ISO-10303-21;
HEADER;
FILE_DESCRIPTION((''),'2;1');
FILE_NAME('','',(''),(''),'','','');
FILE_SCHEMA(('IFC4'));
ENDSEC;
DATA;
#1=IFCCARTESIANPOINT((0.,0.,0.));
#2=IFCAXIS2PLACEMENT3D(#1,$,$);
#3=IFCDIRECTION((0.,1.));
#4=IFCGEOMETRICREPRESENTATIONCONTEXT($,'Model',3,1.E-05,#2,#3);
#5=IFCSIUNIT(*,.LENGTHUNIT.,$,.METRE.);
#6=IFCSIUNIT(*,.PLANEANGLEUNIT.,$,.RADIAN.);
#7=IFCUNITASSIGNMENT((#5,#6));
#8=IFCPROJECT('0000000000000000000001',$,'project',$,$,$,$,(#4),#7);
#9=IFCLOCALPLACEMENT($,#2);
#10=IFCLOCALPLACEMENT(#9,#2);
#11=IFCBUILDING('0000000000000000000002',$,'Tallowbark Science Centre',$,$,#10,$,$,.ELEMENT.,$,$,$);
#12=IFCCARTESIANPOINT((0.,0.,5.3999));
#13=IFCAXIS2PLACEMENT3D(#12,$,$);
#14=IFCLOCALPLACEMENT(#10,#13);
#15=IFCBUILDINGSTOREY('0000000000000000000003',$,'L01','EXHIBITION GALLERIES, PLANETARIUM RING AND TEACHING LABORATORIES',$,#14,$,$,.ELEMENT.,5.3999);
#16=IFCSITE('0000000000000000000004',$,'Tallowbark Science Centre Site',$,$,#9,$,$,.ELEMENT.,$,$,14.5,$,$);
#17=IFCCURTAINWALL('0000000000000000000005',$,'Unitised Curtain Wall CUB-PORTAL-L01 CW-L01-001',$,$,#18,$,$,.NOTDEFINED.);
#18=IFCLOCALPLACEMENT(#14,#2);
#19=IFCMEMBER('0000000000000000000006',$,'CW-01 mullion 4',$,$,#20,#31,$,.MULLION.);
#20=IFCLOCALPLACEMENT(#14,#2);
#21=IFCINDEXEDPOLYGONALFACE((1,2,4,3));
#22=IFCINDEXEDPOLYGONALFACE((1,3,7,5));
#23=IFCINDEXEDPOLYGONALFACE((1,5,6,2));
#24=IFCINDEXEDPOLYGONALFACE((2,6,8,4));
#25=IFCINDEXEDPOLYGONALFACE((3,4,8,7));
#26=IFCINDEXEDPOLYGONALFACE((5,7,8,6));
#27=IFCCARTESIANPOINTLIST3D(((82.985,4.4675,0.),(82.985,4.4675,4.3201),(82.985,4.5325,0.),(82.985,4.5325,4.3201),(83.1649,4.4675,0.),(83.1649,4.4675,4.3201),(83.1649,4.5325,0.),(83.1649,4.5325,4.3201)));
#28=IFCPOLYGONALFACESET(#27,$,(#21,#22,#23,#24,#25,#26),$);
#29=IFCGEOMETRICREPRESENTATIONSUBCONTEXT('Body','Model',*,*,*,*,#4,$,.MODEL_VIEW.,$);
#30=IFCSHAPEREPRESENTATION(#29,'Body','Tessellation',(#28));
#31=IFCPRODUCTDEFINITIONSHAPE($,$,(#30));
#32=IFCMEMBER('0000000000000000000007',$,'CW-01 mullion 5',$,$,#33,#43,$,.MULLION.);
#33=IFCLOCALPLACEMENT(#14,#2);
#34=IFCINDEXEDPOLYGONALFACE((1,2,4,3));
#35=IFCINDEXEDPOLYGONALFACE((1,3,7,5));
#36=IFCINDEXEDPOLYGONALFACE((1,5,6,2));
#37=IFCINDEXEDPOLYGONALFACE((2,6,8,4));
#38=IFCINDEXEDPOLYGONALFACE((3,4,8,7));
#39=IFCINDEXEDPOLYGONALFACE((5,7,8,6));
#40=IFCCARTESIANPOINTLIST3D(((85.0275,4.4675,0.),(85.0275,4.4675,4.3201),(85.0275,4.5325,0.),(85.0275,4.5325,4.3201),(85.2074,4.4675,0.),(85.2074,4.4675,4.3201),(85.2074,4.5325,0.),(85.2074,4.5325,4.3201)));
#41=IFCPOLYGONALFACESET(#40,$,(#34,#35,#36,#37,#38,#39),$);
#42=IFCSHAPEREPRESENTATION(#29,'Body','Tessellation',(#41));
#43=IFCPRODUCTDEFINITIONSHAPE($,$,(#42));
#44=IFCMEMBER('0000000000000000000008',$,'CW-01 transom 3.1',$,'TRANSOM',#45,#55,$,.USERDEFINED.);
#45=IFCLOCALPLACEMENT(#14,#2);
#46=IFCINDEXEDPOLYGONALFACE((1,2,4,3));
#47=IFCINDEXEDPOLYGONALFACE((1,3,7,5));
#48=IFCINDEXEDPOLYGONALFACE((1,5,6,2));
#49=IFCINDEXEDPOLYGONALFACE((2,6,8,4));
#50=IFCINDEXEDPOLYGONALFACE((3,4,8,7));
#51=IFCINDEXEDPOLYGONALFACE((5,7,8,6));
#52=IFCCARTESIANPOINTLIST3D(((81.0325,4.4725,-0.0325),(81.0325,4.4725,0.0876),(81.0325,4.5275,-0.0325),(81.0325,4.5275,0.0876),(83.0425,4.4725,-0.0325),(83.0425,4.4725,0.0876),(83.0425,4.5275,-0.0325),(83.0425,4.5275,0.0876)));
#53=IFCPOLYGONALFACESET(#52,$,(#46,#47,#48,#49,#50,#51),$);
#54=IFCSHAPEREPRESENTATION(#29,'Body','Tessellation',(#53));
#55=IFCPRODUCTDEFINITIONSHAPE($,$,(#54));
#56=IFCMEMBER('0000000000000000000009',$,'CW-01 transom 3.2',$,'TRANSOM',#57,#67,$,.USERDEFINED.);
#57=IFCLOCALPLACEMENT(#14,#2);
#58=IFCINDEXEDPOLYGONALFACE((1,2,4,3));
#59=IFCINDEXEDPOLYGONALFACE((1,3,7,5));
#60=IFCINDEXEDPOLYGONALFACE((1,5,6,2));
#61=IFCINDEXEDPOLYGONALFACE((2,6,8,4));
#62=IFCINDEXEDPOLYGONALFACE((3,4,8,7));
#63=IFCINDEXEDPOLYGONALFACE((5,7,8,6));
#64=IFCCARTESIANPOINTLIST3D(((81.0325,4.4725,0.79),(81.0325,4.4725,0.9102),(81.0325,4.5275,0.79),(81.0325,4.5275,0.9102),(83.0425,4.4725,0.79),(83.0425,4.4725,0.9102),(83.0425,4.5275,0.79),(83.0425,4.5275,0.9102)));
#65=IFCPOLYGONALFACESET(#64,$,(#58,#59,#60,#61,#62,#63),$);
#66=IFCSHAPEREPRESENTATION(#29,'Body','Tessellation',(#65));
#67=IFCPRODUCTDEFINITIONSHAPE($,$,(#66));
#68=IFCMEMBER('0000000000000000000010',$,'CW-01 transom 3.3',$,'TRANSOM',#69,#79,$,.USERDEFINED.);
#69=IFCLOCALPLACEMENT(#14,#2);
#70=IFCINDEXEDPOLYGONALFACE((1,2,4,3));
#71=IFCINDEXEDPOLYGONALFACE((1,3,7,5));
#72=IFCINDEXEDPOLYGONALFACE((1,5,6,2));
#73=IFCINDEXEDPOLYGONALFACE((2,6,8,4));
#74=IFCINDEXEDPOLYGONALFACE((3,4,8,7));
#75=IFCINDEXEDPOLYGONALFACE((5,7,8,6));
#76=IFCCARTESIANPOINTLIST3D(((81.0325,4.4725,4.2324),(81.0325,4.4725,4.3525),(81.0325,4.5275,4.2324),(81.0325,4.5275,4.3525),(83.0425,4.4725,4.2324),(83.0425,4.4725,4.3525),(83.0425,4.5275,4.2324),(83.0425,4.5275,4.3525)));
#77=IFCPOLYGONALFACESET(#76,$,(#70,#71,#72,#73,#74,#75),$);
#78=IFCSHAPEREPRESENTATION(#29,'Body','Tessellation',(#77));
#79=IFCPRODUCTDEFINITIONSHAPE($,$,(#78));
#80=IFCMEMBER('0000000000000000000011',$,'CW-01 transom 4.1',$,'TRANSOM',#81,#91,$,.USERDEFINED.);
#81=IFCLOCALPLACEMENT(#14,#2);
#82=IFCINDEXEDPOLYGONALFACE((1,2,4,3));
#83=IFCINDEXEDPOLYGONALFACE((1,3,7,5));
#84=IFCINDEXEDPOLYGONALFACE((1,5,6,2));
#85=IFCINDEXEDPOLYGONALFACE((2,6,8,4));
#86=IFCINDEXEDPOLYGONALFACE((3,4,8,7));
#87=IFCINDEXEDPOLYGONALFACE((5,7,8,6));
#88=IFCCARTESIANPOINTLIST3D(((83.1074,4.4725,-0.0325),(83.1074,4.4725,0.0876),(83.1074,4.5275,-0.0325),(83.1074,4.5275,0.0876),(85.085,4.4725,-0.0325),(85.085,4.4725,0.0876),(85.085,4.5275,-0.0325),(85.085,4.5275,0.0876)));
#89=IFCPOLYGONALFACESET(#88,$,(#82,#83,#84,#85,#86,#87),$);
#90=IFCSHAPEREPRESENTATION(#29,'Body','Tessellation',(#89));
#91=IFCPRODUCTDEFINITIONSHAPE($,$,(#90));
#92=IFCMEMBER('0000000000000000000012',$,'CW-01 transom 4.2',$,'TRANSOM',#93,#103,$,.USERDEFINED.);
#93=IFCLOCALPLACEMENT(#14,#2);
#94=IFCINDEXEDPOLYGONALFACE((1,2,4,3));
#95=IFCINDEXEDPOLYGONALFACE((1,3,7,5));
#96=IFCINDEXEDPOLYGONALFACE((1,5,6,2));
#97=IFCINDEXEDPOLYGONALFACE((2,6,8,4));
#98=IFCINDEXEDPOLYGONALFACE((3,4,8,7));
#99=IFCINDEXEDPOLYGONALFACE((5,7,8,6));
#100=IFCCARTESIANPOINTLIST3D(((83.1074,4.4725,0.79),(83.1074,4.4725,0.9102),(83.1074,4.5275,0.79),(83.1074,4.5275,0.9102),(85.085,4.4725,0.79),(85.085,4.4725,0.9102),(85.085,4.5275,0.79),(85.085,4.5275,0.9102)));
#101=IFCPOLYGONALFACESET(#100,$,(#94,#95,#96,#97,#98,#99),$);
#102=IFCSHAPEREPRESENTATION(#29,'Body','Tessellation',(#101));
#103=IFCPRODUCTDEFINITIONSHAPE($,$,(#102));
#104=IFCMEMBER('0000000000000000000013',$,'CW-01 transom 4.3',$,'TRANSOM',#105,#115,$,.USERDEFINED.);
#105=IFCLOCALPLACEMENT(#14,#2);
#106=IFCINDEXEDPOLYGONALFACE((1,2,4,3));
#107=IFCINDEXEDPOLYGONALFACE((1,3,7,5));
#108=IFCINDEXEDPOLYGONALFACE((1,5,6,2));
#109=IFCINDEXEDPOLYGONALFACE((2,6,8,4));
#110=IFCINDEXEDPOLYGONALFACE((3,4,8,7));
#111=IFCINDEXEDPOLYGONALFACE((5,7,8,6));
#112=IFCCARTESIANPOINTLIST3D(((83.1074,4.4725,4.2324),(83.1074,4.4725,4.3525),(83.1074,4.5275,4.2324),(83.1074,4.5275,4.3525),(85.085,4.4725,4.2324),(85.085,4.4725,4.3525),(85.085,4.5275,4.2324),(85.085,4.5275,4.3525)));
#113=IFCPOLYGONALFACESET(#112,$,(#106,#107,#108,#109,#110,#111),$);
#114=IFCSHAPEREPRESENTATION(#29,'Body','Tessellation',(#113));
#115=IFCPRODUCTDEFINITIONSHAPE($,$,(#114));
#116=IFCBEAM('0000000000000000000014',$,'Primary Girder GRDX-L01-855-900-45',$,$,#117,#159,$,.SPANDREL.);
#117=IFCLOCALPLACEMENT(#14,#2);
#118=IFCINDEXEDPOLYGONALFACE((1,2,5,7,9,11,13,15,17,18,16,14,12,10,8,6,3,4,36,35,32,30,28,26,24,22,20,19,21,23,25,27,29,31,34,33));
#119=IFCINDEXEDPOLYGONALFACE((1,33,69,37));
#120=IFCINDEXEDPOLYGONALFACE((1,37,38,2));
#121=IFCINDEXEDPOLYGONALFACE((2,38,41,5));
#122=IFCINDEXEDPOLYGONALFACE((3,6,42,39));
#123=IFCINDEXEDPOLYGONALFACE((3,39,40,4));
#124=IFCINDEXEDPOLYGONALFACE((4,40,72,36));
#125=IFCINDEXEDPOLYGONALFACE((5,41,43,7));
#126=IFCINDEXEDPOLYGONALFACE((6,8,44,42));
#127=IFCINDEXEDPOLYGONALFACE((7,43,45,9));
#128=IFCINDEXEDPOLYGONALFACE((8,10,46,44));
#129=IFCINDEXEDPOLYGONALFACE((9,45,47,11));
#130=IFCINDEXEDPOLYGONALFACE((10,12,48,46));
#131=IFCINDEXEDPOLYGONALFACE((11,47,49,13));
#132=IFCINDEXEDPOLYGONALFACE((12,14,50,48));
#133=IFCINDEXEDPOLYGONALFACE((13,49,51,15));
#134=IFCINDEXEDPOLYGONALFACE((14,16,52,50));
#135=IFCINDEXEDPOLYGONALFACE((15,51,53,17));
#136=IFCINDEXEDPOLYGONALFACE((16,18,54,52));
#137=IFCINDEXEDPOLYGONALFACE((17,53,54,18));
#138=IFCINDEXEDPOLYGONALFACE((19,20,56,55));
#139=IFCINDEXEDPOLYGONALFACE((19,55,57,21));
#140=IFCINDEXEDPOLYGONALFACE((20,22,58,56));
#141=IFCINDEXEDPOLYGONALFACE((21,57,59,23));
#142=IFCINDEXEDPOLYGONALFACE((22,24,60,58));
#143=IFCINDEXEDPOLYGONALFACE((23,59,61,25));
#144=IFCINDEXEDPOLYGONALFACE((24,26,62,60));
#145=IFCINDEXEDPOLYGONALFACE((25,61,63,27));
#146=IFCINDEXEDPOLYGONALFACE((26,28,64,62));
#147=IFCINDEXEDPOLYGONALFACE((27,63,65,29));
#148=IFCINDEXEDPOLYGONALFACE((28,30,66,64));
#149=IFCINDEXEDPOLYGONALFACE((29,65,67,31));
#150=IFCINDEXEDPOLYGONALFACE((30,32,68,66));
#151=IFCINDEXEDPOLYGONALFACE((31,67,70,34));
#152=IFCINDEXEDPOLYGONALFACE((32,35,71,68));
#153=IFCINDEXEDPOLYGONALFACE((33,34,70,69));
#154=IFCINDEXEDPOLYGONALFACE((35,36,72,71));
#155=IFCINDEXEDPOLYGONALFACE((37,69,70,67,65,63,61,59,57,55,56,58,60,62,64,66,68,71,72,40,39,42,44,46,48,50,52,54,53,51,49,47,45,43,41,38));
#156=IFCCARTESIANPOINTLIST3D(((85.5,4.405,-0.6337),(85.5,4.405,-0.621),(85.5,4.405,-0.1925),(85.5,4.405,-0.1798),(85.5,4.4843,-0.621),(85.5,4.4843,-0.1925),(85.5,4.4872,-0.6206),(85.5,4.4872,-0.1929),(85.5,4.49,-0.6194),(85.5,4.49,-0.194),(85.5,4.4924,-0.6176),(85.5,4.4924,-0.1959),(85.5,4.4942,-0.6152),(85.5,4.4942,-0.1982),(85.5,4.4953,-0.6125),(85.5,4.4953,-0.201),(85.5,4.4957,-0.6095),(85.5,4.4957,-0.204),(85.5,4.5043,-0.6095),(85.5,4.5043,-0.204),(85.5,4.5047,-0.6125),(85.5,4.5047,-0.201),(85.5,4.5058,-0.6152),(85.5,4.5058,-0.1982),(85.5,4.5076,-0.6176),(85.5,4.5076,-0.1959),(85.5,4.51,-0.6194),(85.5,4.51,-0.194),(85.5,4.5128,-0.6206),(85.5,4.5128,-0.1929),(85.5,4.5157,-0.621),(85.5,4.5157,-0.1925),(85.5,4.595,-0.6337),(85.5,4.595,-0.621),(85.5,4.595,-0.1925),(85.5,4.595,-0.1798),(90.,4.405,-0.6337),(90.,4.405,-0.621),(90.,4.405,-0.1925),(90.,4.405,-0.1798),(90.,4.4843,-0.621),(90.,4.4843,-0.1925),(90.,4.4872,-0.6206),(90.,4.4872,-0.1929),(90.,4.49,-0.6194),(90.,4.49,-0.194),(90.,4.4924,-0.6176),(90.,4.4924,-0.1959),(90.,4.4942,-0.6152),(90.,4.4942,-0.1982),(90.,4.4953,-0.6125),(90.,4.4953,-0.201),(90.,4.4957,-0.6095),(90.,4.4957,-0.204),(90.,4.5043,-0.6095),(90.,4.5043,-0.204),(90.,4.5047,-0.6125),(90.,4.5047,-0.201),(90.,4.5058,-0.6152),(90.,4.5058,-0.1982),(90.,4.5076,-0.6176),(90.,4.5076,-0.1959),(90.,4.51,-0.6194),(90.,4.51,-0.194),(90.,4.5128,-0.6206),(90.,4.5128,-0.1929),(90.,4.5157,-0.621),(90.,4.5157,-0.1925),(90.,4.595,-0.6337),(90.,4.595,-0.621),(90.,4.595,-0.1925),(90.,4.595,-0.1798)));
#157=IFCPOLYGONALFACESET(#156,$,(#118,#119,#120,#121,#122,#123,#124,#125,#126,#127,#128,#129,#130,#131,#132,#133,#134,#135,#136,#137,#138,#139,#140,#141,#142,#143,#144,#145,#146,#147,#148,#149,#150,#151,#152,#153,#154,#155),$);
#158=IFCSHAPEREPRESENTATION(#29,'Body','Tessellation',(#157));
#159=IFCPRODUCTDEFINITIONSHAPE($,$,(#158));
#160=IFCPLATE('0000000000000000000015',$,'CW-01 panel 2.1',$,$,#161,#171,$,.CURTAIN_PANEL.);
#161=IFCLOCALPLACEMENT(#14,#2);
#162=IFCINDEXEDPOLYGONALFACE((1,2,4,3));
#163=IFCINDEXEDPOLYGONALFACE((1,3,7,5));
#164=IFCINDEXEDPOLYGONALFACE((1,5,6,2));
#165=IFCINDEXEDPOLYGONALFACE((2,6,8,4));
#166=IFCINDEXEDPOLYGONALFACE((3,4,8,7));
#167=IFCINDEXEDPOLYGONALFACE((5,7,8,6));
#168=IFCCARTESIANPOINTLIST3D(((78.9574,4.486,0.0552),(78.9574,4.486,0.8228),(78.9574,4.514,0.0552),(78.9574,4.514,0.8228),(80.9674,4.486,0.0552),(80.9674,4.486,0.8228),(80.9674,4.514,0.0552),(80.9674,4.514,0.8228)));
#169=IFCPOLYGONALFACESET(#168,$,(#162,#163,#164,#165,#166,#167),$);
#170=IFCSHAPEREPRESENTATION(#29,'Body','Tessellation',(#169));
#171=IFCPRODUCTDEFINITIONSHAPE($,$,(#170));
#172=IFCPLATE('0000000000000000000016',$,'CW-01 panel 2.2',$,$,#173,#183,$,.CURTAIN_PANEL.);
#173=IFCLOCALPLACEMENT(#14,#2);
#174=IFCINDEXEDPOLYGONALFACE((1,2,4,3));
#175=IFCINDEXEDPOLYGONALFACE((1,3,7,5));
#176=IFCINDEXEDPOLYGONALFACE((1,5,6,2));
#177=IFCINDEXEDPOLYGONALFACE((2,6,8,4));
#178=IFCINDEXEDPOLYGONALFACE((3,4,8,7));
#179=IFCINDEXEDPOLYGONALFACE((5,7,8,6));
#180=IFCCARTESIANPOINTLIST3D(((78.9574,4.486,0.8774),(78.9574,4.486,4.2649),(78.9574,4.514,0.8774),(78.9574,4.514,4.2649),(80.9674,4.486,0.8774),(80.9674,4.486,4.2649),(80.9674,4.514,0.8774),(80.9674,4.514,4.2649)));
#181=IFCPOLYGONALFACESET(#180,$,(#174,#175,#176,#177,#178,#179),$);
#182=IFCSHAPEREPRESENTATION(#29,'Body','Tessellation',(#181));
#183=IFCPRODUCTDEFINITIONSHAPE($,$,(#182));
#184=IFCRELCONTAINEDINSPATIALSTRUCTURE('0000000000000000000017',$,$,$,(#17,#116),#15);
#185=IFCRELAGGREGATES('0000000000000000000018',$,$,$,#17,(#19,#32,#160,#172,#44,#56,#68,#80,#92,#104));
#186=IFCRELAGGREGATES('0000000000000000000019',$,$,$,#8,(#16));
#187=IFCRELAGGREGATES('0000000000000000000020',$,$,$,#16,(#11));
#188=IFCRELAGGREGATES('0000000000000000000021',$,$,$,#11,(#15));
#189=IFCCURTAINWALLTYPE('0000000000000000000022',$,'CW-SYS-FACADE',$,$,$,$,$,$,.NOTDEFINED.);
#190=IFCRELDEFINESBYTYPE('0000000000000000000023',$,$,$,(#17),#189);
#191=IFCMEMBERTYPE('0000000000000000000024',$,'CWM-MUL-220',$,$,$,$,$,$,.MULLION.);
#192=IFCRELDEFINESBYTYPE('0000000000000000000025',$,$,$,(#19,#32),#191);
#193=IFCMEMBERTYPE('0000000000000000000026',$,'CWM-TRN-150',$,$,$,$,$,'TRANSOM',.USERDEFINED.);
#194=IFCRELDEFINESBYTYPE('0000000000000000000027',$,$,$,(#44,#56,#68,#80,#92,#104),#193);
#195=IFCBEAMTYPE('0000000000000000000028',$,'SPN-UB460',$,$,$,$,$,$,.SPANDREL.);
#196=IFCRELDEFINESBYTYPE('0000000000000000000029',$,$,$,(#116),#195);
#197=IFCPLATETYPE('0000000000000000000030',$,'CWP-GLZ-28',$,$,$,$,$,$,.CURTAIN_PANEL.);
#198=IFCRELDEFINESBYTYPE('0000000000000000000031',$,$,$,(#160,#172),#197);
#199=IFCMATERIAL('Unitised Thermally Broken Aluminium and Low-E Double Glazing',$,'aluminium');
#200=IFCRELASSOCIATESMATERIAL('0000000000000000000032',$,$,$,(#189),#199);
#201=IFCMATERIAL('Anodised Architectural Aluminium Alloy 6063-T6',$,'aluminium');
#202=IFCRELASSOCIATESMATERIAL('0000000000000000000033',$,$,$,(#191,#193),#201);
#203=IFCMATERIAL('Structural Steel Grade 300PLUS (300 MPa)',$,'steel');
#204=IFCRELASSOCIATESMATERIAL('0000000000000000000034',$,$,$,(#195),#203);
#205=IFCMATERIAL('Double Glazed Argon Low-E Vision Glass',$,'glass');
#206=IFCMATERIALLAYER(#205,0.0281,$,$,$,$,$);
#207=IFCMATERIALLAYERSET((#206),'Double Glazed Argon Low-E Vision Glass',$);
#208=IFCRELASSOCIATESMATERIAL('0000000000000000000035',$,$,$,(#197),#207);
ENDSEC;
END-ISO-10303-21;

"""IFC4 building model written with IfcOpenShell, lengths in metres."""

from ifc_helpers import new_model, si_unit, direction, frame, origin, origin_2d, place, context, subcontext, project, spatial, rectangle, i_section, extrude, material, layer, layer_set, material_profile, profile_set, type_object, element, aggregate, save


model = new_model("IFC4")

# Units and contexts
model_context = context("Model", 3, precision=1e-05, world=origin(), true_north=direction((0.0, 1.0)))
body_context = subcontext(model_context, "Body", "Model", "MODEL_VIEW")
ifc_project = project(units=[si_unit("LENGTHUNIT", "METRE"), si_unit("PLANEANGLEUNIT", "RADIAN")], contexts=[model_context])

# Site, building, storey
site_placement = place(None, origin())
site = spatial("IfcSite", under=ifc_project, at=site_placement, Name="Tallowbark Science Centre Site", CompositionType="ELEMENT", RefElevation=14.5)
building_placement = place(site_placement, origin())
building = spatial("IfcBuilding", under=site, at=building_placement, Name="Tallowbark Science Centre", CompositionType="ELEMENT")
storey_placement = place(building_placement, frame((0.0, 0.0, 5.3999)))
storey = spatial("IfcBuildingStorey", under=building, at=storey_placement, Name="L01", Description="EXHIBITION GALLERIES, PLANETARIUM RING AND TEACHING LABORATORIES", CompositionType="ELEMENT", Elevation=5.3999)

# Shared definitions
ifc_material_1 = material(Name="Structural Steel Grade 300PLUS (300 MPa)", Category="steel")

# Curtain wall, members
ifc_material_2 = material(Name="Unitised Thermally Broken Aluminium and Low-E Double Glazing", Category="aluminium")
curtain_wall_type = type_object("IfcCurtainWallType", Name="CW-SYS-FACADE", PredefinedType="NOTDEFINED", material=ifc_material_2)
curtain_wall_placement = place(storey_placement, origin())
curtain_wall = element("IfcCurtainWall", 1, at=curtain_wall_placement, inside=storey, type_object=curtain_wall_type, Name="Unitised Curtain Wall CUB-PORTAL-L01 CW-L01-001", PredefinedType="NOTDEFINED")
ifc_material_3 = material(Name="Anodised Architectural Aluminium Alloy 6063-T6", Category="aluminium")
ifc_material_profile_1 = material_profile(ifc_material_3, rectangle(XDim=0.0649, YDim=0.1799, at=origin_2d()), Name="ALU65x180")
ifc_profile_set_1 = profile_set([ifc_material_profile_1], Name="Anodised Architectural Aluminium Alloy 6063-T6")
member_type_1 = type_object("IfcMemberType", Name="CWM-MUL-220", PredefinedType="MULLION", material=ifc_profile_set_1)
member_1_placement = place(storey_placement, frame((83.075, 4.5, 0.0), z_axis=(0.0, 0.0, 1.0), x_axis=(0.0, 1.0, 0.0)))
member_1 = element("IfcMember", 2, at=member_1_placement, type_object=member_type_1, Name="CW-01 mullion 4", PredefinedType="MULLION", context=body_context, shape_type="SweptSolid", body=[
    extrude(rectangle(XDim=0.0649, YDim=0.1799, at=origin_2d()), origin(), (0.0, 0.0, 1.0), 4.3201),
])
member_2_placement = place(storey_placement, frame((85.1174, 4.5, 0.0), z_axis=(0.0, 0.0, 1.0), x_axis=(0.0, 1.0, 0.0)))
member_2 = element("IfcMember", 3, at=member_2_placement, type_object=member_type_1, Name="CW-01 mullion 5", PredefinedType="MULLION", context=body_context, shape_type="SweptSolid", body=[
    extrude(rectangle(XDim=0.0649, YDim=0.1799, at=origin_2d()), origin(), (0.0, 0.0, 1.0), 4.3201),
])
ifc_material_profile_2 = material_profile(ifc_material_3, rectangle(XDim=0.0549, YDim=0.1201, at=origin_2d()), Name="ALU55x120")
ifc_profile_set_2 = profile_set([ifc_material_profile_2], Name="Anodised Architectural Aluminium Alloy 6063-T6")
member_type_2 = type_object("IfcMemberType", Name="CWM-TRN-150", ElementType="TRANSOM", PredefinedType="USERDEFINED", material=ifc_profile_set_2)
member_3_placement = place(storey_placement, frame((81.0325, 4.5, 0.0276), z_axis=(1.0, 0.0, 0.0), x_axis=(0.0, 1.0, 0.0)))
member_3 = element("IfcMember", 4, at=member_3_placement, type_object=member_type_2, Name="CW-01 transom 3.1", ObjectType="TRANSOM", PredefinedType="USERDEFINED", context=body_context, shape_type="SweptSolid", body=[
    extrude(rectangle(XDim=0.0549, YDim=0.1201, at=origin_2d()), origin(), (0.0, 0.0, 1.0), 2.01),
])
member_4_placement = place(storey_placement, frame((81.0325, 4.5, 0.8501), z_axis=(1.0, 0.0, 0.0), x_axis=(0.0, 1.0, 0.0)))
member_4 = element("IfcMember", 5, at=member_4_placement, type_object=member_type_2, Name="CW-01 transom 3.2", ObjectType="TRANSOM", PredefinedType="USERDEFINED", context=body_context, shape_type="SweptSolid", body=[
    extrude(rectangle(XDim=0.0549, YDim=0.1201, at=origin_2d()), origin(), (0.0, 0.0, 1.0), 2.01),
])
member_5_placement = place(storey_placement, frame((81.0325, 4.5, 4.2925), z_axis=(1.0, 0.0, 0.0), x_axis=(0.0, 1.0, 0.0)))
member_5 = element("IfcMember", 6, at=member_5_placement, type_object=member_type_2, Name="CW-01 transom 3.3", ObjectType="TRANSOM", PredefinedType="USERDEFINED", context=body_context, shape_type="SweptSolid", body=[
    extrude(rectangle(XDim=0.0549, YDim=0.1201, at=origin_2d()), origin(), (0.0, 0.0, 1.0), 2.01),
])
member_6_placement = place(storey_placement, frame((83.1074, 4.5, 0.0276), z_axis=(1.0, 0.0, 0.0), x_axis=(0.0, 1.0, 0.0)))
member_6 = element("IfcMember", 7, at=member_6_placement, type_object=member_type_2, Name="CW-01 transom 4.1", ObjectType="TRANSOM", PredefinedType="USERDEFINED", context=body_context, shape_type="SweptSolid", body=[
    extrude(rectangle(XDim=0.0549, YDim=0.1201, at=origin_2d()), origin(), (0.0, 0.0, 1.0), 1.9775),
])
member_7_placement = place(storey_placement, frame((83.1074, 4.5, 0.8501), z_axis=(1.0, 0.0, 0.0), x_axis=(0.0, 1.0, 0.0)))
member_7 = element("IfcMember", 8, at=member_7_placement, type_object=member_type_2, Name="CW-01 transom 4.2", ObjectType="TRANSOM", PredefinedType="USERDEFINED", context=body_context, shape_type="SweptSolid", body=[
    extrude(rectangle(XDim=0.0549, YDim=0.1201, at=origin_2d()), origin(), (0.0, 0.0, 1.0), 1.9775),
])
member_8_placement = place(storey_placement, frame((83.1074, 4.5, 4.2925), z_axis=(1.0, 0.0, 0.0), x_axis=(0.0, 1.0, 0.0)))
member_8 = element("IfcMember", 9, at=member_8_placement, type_object=member_type_2, Name="CW-01 transom 4.3", ObjectType="TRANSOM", PredefinedType="USERDEFINED", context=body_context, shape_type="SweptSolid", body=[
    extrude(rectangle(XDim=0.0549, YDim=0.1201, at=origin_2d()), origin(), (0.0, 0.0, 1.0), 1.9775),
])

# Beam
ifc_material_profile_3 = material_profile(ifc_material_1, i_section(OverallWidth=0.1899, OverallDepth=0.4539, WebThickness=0.0085, FlangeThickness=0.0127, FilletRadius=0.0115, at=origin_2d()), Name="460UB67.1")
ifc_profile_set_3 = profile_set([ifc_material_profile_3], Name="Structural Steel Grade 300PLUS (300 MPa)")
beam_type_1 = type_object("IfcBeamType", Name="SPN-UB460", PredefinedType="SPANDREL", material=ifc_profile_set_3)
beam_1_placement = place(storey_placement, frame((85.5, 4.5, -0.4067), z_axis=(1.0, 0.0, 0.0), x_axis=(0.0, 1.0, 0.0)))
element("IfcBeam", 10, at=beam_1_placement, inside=storey, type_object=beam_type_1, Name="Primary Girder GRDX-L01-855-900-45", PredefinedType="SPANDREL", context=body_context, shape_type="SweptSolid", body=[
    extrude(i_section(OverallWidth=0.1899, OverallDepth=0.4539, WebThickness=0.0085, FlangeThickness=0.0127, FilletRadius=0.0115, at=origin_2d()), origin(), (0.0, 0.0, 1.0), 4.5),
])

# Plates
ifc_material_4 = material(Name="Double Glazed Argon Low-E Vision Glass", Category="glass")
ifc_layer_1 = layer(ifc_material_4, 0.0281)
ifc_layer_set_1 = layer_set([ifc_layer_1], Name="Double Glazed Argon Low-E Vision Glass")
plate_type = type_object("IfcPlateType", Name="CWP-GLZ-28", PredefinedType="CURTAIN_PANEL", material=ifc_layer_set_1)
plate_1_placement = place(storey_placement, frame((79.9624, 4.5, 0.0552), z_axis=(0.0, 0.0, 1.0), x_axis=(1.0, 0.0, 0.0)))
plate_1 = element("IfcPlate", 11, at=plate_1_placement, type_object=plate_type, Name="CW-01 panel 2.1", PredefinedType="CURTAIN_PANEL", context=body_context, shape_type="SweptSolid", body=[
    extrude(rectangle(XDim=2.01, YDim=0.0281, at=origin_2d()), origin(), (0.0, 0.0, 1.0), 0.7676),
])
plate_2_placement = place(storey_placement, frame((79.9624, 4.5, 0.8774), z_axis=(0.0, 0.0, 1.0), x_axis=(1.0, 0.0, 0.0)))
plate_2 = element("IfcPlate", 12, at=plate_2_placement, type_object=plate_type, Name="CW-01 panel 2.2", PredefinedType="CURTAIN_PANEL", context=body_context, shape_type="SweptSolid", body=[
    extrude(rectangle(XDim=2.01, YDim=0.0281, at=origin_2d()), origin(), (0.0, 0.0, 1.0), 3.3875),
])
aggregate(curtain_wall, [member_1, member_2, plate_1, plate_2, member_3, member_4, member_5, member_6, member_7, member_8])

save(model, "model.ifc")
